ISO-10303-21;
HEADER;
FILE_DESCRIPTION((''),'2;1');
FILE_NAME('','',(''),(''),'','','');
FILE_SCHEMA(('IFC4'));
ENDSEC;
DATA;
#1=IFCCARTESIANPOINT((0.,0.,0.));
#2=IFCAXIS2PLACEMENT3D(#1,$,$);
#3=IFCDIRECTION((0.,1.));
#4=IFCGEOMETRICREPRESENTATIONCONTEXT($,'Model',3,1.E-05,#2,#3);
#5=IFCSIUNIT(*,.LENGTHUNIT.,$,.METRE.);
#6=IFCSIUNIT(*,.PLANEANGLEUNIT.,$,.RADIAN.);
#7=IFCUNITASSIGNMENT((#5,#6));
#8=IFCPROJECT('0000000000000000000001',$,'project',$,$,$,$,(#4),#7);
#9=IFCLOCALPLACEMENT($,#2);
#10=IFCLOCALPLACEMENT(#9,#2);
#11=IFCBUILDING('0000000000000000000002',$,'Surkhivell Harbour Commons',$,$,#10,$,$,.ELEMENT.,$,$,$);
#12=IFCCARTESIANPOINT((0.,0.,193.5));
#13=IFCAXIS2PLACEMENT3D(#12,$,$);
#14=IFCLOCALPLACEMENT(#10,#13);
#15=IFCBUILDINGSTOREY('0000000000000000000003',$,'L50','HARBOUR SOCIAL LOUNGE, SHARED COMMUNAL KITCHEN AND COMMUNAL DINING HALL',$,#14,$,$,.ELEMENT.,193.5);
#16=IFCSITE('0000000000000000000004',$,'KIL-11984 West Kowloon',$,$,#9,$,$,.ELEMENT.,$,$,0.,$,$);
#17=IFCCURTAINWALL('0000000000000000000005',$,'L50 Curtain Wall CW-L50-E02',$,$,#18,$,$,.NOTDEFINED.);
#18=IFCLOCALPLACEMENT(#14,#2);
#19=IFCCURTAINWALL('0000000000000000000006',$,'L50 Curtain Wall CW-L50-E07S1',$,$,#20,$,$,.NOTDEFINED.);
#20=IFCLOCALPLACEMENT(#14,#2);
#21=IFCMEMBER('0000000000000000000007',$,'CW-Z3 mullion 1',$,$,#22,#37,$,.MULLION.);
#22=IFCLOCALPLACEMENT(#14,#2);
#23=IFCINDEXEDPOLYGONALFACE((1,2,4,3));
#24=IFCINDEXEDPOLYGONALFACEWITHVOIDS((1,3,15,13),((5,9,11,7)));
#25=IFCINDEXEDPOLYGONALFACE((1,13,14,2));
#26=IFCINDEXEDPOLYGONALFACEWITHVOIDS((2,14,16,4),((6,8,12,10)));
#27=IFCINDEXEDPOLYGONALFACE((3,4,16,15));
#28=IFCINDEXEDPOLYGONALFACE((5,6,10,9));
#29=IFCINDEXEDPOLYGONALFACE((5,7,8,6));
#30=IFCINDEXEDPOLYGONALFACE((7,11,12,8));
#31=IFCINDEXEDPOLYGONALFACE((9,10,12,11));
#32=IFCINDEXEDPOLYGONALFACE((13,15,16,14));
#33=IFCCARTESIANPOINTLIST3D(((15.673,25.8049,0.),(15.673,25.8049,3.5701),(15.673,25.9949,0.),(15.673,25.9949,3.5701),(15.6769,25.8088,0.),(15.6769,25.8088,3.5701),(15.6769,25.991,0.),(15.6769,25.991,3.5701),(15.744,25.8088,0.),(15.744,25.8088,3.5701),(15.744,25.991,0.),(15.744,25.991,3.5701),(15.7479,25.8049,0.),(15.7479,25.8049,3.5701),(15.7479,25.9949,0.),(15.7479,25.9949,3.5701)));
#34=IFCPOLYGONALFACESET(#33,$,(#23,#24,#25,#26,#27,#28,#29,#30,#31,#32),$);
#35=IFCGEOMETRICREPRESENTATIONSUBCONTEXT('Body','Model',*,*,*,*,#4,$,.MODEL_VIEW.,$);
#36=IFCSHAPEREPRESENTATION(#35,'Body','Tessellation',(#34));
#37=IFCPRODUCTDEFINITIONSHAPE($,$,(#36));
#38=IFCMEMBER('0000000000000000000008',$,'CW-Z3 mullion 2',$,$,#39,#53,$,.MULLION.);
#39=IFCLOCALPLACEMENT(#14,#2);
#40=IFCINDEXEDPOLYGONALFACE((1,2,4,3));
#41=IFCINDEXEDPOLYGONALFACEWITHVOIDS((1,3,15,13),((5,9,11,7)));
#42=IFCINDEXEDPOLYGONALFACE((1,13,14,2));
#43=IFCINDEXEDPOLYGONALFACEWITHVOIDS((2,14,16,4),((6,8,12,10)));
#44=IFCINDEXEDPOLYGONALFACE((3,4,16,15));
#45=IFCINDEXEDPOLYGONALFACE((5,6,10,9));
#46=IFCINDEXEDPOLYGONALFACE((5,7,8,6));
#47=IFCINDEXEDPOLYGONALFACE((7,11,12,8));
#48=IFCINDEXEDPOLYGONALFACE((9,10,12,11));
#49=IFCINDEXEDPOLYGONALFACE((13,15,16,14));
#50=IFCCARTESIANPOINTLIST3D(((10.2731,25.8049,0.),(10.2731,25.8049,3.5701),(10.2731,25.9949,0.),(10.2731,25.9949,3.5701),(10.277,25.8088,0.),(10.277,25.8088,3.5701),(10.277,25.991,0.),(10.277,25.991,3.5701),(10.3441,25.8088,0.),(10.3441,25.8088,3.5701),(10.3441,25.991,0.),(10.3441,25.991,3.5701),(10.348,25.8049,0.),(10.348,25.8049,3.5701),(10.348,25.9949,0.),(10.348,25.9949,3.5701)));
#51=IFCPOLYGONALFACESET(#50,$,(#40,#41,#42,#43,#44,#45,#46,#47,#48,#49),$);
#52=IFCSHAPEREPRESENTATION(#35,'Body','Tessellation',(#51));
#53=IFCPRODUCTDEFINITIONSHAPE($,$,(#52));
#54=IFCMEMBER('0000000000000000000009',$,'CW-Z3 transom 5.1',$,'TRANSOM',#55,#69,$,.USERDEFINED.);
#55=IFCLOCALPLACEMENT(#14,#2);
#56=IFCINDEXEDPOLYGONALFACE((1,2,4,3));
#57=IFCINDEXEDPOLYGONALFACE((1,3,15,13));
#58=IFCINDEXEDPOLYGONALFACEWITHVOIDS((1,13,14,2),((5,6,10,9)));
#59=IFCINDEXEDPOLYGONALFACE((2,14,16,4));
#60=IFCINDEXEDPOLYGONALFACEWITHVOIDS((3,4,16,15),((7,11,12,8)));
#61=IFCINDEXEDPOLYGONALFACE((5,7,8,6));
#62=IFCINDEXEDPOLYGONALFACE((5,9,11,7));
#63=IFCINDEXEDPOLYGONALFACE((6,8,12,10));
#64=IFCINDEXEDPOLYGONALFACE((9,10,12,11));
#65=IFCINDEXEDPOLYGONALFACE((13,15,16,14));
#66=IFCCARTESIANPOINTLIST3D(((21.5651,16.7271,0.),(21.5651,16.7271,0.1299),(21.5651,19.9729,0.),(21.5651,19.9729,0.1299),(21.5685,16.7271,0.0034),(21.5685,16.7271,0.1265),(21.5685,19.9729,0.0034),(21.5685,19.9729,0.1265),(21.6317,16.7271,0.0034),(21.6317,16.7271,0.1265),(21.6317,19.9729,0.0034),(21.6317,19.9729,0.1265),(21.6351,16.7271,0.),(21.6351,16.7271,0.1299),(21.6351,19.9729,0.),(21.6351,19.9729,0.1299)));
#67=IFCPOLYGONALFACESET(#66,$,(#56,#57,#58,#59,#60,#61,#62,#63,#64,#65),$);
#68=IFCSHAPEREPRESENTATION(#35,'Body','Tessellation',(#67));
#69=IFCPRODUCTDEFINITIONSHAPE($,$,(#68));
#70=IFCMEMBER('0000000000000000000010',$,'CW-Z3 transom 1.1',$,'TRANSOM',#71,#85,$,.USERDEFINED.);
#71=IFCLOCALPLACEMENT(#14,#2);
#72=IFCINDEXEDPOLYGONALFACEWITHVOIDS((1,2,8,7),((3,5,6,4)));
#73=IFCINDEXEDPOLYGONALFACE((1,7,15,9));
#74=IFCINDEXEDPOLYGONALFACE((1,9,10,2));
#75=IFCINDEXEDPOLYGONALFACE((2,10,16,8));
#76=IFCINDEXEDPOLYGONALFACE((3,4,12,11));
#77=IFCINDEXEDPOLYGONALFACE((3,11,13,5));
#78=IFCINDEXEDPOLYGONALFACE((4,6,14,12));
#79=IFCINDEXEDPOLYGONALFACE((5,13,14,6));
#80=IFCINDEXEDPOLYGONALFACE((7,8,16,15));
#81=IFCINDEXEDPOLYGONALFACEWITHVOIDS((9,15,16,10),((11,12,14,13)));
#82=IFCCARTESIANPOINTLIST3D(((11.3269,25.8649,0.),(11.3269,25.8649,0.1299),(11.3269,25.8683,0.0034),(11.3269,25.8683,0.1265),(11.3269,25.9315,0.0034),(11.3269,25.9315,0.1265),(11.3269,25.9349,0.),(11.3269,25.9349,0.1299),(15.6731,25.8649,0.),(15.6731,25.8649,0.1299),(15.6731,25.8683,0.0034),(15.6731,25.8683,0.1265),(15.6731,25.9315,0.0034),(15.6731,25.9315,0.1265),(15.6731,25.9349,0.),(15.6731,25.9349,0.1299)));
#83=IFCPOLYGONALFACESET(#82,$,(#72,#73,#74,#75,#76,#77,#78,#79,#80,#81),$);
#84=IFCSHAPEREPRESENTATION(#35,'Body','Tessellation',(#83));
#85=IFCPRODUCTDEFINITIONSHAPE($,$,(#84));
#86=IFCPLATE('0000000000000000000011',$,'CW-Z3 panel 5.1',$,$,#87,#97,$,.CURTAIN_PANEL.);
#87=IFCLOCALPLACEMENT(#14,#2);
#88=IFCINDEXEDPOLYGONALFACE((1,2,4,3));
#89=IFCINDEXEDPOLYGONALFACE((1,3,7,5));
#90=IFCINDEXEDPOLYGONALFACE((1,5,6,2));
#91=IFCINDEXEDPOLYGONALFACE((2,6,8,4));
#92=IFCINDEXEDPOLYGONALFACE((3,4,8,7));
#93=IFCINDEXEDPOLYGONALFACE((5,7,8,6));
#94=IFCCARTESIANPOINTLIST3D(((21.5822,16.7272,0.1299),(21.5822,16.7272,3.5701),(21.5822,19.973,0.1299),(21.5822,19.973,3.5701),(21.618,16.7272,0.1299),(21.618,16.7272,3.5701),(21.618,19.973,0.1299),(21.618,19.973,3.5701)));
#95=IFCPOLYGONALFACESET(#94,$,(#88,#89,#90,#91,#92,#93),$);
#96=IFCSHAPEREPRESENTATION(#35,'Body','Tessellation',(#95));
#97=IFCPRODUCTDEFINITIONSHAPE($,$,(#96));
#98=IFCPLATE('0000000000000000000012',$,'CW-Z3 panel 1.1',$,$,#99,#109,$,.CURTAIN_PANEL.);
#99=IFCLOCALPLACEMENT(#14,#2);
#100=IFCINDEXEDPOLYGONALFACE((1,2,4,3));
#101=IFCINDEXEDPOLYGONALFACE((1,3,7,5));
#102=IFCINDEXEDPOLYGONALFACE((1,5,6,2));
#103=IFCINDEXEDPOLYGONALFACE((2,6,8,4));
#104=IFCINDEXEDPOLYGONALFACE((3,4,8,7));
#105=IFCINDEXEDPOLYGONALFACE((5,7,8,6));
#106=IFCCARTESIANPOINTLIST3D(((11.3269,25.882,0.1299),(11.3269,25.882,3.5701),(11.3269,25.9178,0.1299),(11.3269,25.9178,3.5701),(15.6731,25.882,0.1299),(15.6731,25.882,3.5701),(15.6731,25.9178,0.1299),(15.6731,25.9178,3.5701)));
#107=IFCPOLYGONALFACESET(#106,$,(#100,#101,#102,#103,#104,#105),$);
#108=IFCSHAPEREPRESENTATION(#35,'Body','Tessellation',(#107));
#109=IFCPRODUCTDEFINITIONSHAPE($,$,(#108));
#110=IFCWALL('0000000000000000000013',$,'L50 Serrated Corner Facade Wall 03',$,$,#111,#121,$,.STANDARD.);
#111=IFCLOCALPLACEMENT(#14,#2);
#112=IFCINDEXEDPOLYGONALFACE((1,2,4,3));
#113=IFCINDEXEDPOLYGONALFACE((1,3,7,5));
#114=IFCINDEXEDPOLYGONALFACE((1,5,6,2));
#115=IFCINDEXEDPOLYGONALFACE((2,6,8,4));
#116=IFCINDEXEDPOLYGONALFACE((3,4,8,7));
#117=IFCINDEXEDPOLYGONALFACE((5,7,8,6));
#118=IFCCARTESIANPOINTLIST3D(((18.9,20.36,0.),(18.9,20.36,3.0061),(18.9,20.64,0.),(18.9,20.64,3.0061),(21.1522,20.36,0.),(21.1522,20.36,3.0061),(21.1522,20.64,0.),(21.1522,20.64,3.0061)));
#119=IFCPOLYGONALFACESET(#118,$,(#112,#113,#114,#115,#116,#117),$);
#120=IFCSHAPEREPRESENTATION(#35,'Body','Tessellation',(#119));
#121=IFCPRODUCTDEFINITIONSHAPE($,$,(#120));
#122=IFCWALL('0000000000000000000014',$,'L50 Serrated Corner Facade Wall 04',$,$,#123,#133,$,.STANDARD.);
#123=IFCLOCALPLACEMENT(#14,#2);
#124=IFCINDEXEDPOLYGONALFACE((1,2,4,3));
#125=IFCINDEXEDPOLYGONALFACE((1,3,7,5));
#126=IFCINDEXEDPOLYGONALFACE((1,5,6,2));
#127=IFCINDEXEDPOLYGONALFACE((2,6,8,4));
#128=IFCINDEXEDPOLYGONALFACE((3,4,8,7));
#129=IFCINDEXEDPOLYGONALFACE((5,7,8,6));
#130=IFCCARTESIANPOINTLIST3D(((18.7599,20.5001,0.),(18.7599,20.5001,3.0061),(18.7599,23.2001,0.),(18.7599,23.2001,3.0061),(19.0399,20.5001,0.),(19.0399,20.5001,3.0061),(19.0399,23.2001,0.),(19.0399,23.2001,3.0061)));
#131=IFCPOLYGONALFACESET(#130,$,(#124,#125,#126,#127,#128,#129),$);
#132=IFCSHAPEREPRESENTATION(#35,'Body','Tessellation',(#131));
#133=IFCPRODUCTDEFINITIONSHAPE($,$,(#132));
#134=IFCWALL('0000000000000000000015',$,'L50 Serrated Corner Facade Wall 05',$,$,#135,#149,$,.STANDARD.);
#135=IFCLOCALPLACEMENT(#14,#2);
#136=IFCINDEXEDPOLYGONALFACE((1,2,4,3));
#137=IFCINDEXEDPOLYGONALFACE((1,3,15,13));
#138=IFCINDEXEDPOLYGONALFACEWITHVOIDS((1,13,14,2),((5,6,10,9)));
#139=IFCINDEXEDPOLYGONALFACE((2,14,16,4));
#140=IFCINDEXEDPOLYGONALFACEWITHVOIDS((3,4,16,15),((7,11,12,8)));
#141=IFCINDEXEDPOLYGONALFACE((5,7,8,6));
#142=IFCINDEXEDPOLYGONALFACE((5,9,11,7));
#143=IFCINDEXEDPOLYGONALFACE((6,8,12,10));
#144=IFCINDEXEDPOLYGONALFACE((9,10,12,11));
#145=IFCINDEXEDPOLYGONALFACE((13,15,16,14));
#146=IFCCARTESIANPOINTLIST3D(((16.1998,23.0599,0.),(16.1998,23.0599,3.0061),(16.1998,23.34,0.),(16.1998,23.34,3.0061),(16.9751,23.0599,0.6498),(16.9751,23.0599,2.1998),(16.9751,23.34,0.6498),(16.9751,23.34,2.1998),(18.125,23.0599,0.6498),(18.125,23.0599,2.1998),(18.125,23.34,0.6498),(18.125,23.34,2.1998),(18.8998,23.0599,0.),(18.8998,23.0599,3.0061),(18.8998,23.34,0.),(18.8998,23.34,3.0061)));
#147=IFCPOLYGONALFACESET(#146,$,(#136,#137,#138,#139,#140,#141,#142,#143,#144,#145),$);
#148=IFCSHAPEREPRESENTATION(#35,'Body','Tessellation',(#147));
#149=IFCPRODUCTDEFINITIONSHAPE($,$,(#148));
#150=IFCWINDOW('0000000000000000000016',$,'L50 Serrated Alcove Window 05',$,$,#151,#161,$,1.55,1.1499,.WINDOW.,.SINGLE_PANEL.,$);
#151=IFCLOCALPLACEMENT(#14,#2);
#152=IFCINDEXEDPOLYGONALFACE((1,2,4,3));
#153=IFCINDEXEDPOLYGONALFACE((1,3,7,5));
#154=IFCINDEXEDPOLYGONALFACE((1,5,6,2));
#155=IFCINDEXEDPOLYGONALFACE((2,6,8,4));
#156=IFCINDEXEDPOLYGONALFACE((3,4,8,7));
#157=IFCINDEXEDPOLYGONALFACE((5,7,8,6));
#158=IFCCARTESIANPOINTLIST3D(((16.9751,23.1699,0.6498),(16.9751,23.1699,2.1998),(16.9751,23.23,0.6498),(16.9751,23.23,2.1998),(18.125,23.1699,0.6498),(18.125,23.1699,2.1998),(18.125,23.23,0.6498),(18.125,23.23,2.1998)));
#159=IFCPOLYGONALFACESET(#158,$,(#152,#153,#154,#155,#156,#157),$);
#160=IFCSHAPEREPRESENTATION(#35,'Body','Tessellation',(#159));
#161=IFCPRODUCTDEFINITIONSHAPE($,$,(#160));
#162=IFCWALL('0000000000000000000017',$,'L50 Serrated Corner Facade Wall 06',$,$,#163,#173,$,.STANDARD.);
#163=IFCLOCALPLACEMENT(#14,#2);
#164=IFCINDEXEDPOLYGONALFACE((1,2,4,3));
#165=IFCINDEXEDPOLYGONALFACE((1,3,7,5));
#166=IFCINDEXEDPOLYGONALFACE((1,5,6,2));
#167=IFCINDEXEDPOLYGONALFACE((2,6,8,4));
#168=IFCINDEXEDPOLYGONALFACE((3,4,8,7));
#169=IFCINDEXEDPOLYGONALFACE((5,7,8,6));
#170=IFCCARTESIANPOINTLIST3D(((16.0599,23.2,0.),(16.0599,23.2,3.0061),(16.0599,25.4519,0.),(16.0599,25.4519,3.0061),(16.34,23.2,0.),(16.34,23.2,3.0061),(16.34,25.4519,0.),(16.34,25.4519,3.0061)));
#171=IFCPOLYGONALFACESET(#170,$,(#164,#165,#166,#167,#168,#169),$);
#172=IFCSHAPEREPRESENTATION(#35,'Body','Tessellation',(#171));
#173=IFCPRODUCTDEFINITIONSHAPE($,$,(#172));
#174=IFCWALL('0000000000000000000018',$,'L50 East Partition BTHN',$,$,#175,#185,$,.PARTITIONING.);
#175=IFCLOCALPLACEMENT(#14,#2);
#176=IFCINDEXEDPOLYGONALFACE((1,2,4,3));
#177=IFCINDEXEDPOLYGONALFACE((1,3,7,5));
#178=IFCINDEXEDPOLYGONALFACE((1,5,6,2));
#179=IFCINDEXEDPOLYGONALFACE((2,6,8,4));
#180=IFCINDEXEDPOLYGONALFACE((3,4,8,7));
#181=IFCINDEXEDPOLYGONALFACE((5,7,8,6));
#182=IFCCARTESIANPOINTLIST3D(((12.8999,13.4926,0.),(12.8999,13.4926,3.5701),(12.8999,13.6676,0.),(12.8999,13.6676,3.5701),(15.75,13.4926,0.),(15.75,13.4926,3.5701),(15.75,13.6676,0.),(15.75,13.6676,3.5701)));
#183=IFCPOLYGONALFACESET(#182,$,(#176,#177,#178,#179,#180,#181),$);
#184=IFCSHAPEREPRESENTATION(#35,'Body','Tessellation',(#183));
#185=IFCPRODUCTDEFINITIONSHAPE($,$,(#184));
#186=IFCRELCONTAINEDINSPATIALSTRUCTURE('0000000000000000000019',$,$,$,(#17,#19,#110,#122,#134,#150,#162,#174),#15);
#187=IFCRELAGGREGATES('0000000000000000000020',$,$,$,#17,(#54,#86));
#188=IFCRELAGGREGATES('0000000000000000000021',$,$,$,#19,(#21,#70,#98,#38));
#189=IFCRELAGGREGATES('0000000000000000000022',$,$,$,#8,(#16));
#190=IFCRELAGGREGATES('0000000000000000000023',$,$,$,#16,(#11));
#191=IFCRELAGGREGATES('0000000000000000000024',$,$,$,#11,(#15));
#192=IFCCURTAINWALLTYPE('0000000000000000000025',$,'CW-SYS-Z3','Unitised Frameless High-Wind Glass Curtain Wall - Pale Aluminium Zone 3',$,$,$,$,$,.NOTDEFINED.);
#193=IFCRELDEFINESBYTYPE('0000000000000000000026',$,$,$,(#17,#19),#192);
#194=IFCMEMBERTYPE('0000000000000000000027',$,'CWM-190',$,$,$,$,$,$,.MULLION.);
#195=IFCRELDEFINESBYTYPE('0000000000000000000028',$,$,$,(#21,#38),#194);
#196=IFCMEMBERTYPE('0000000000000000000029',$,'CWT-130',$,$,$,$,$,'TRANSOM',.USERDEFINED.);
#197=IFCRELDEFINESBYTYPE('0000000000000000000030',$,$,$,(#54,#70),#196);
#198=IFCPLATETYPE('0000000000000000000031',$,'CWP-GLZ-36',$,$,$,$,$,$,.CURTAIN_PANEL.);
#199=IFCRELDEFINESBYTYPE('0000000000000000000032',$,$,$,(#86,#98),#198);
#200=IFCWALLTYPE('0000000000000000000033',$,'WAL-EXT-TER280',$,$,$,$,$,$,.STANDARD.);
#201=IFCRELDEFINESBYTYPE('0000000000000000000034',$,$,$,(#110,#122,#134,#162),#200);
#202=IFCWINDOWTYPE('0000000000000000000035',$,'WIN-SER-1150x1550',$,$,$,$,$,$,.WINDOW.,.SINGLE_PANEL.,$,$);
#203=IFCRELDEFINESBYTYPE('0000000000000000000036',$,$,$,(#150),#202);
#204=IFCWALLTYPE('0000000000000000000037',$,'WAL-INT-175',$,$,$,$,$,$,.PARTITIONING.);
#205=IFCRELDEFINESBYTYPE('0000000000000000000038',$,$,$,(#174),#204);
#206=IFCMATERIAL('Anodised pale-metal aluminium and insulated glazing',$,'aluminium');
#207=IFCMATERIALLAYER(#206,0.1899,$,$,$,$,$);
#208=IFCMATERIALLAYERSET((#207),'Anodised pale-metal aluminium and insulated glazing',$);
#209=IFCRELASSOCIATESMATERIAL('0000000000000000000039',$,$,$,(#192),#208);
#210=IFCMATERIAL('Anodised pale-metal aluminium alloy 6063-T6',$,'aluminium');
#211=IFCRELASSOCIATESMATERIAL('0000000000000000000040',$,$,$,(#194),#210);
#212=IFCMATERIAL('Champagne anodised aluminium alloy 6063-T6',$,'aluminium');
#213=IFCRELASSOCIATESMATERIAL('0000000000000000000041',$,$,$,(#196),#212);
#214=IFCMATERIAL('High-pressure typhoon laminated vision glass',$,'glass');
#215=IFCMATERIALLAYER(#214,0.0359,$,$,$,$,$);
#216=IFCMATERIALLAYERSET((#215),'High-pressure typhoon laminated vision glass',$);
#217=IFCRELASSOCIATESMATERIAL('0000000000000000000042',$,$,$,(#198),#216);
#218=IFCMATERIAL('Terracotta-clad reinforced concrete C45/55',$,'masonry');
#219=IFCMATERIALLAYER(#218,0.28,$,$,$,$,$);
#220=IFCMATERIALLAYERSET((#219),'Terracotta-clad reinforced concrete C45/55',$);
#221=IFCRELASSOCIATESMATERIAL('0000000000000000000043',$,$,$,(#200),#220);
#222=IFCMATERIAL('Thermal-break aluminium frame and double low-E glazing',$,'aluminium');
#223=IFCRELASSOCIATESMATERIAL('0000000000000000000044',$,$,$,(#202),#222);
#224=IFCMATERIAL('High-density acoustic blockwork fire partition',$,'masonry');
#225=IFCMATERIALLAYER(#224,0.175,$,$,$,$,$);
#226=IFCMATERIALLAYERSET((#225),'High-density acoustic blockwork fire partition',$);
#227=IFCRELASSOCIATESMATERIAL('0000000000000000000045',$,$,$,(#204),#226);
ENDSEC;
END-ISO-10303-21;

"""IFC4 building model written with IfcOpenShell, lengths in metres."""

from ifc_helpers import new_model, si_unit, direction, frame, frame_2d, origin, origin_2d, place, context, subcontext, project, spatial, rectangle, hollow_rectangle, extrude, material, layer, layer_set, material_profile, profile_set, type_object, element, fill, aggregate, save


model = new_model("IFC4")

# Units and contexts
model_context = context("Model", 3, precision=1e-05, world=origin(), true_north=direction((0.0, 1.0)))
body_context = subcontext(model_context, "Body", "Model", "MODEL_VIEW")
ifc_project = project(units=[si_unit("LENGTHUNIT", "METRE"), si_unit("PLANEANGLEUNIT", "RADIAN")], contexts=[model_context])

# Site, building, storey
site_placement = place(None, origin())
site = spatial("IfcSite", under=ifc_project, at=site_placement, Name="KIL-11984 West Kowloon", CompositionType="ELEMENT", RefElevation=0.0)
building_placement = place(site_placement, origin())
building = spatial("IfcBuilding", under=site, at=building_placement, Name="Surkhivell Harbour Commons", CompositionType="ELEMENT")
storey_placement = place(building_placement, frame((0.0, 0.0, 193.5)))
storey = spatial("IfcBuildingStorey", under=building, at=storey_placement, Name="L50", Description="HARBOUR SOCIAL LOUNGE, SHARED COMMUNAL KITCHEN AND COMMUNAL DINING HALL", CompositionType="ELEMENT", Elevation=193.5)

# Curtain walls, members
ifc_material_1 = material(Name="Anodised pale-metal aluminium and insulated glazing", Category="aluminium")
ifc_layer_1 = layer(ifc_material_1, 0.1899)
ifc_layer_set_1 = layer_set([ifc_layer_1], Name="Anodised pale-metal aluminium and insulated glazing")
curtain_wall_type = type_object("IfcCurtainWallType", Name="CW-SYS-Z3", Description="Unitised Frameless High-Wind Glass Curtain Wall - Pale Aluminium Zone 3", PredefinedType="NOTDEFINED", material=ifc_layer_set_1)
curtain_wall_1_placement = place(storey_placement, origin())
curtain_wall_1 = element("IfcCurtainWall", 1, at=curtain_wall_1_placement, inside=storey, type_object=curtain_wall_type, Name="L50 Curtain Wall CW-L50-E02", PredefinedType="NOTDEFINED")
ifc_material_2 = material(Name="Anodised pale-metal aluminium alloy 6063-T6", Category="aluminium")
ifc_material_profile_1 = material_profile(ifc_material_2, hollow_rectangle(XDim=0.075, YDim=0.1899, WallThickness=0.0039, at=origin_2d()), Name="ALU-MULL-75x190")
ifc_profile_set_1 = profile_set([ifc_material_profile_1], Name="Anodised pale-metal aluminium alloy 6063-T6")
member_type_1 = type_object("IfcMemberType", Name="CWM-190", PredefinedType="MULLION", material=ifc_profile_set_1)
curtain_wall_2_placement = place(storey_placement, origin())
curtain_wall_2 = element("IfcCurtainWall", 2, at=curtain_wall_2_placement, inside=storey, type_object=curtain_wall_type, Name="L50 Curtain Wall CW-L50-E07S1", PredefinedType="NOTDEFINED")
member_1_placement = place(storey_placement, frame((15.7104, 25.8999, 0.0), z_axis=(0.0, 0.0, 1.0), x_axis=(-1.0, 0.0, 0.0)))
member_1 = element("IfcMember", 3, at=member_1_placement, type_object=member_type_1, Name="CW-Z3 mullion 1", PredefinedType="MULLION", context=body_context, shape_type="SweptSolid", body=[
    extrude(hollow_rectangle(XDim=0.075, YDim=0.1899, WallThickness=0.0039, at=origin_2d()), origin(), (0.0, 0.0, 1.0), 3.5701),
])
member_2_placement = place(storey_placement, frame((10.3105, 25.8999, 0.0), z_axis=(0.0, 0.0, 1.0), x_axis=(-1.0, 0.0, 0.0)))
member_2 = element("IfcMember", 4, at=member_2_placement, type_object=member_type_1, Name="CW-Z3 mullion 2", PredefinedType="MULLION", context=body_context, shape_type="SweptSolid", body=[
    extrude(hollow_rectangle(XDim=0.075, YDim=0.1899, WallThickness=0.0039, at=origin_2d()), origin(), (0.0, 0.0, 1.0), 3.5701),
])

# Members
ifc_material_3 = material(Name="Champagne anodised aluminium alloy 6063-T6", Category="aluminium")
ifc_material_profile_2 = material_profile(ifc_material_3, hollow_rectangle(XDim=0.0701, YDim=0.1299, WallThickness=0.0034, at=origin_2d()), Name="ALU-TRAN-70x130")
ifc_profile_set_2 = profile_set([ifc_material_profile_2], Name="Champagne anodised aluminium alloy 6063-T6")
member_type_2 = type_object("IfcMemberType", Name="CWT-130", ElementType="TRANSOM", PredefinedType="USERDEFINED", material=ifc_profile_set_2)
member_3_placement = place(storey_placement, frame((21.6001, 16.7271, 0.0649), z_axis=(0.0, 1.0, 0.0), x_axis=(-1.0, 0.0, 0.0)))
member_3 = element("IfcMember", 5, at=member_3_placement, type_object=member_type_2, Name="CW-Z3 transom 5.1", ObjectType="TRANSOM", PredefinedType="USERDEFINED", context=body_context, shape_type="SweptSolid", body=[
    extrude(hollow_rectangle(XDim=0.0701, YDim=0.1299, WallThickness=0.0034, at=origin_2d()), origin(), (0.0, 0.0, 1.0), 3.2458),
])
member_4_placement = place(storey_placement, frame((15.6731, 25.8999, 0.0649), z_axis=(-1.0, 0.0, 0.0), x_axis=(0.0, -1.0, 0.0)))
member_4 = element("IfcMember", 6, at=member_4_placement, type_object=member_type_2, Name="CW-Z3 transom 1.1", ObjectType="TRANSOM", PredefinedType="USERDEFINED", context=body_context, shape_type="SweptSolid", body=[
    extrude(hollow_rectangle(XDim=0.0701, YDim=0.1299, WallThickness=0.0034, at=origin_2d()), origin(), (0.0, 0.0, 1.0), 4.3462),
])

# Plates
ifc_material_4 = material(Name="High-pressure typhoon laminated vision glass", Category="glass")
ifc_layer_2 = layer(ifc_material_4, 0.0359)
ifc_layer_set_2 = layer_set([ifc_layer_2], Name="High-pressure typhoon laminated vision glass")
plate_type = type_object("IfcPlateType", Name="CWP-GLZ-36", PredefinedType="CURTAIN_PANEL", material=ifc_layer_set_2)
plate_1_placement = place(storey_placement, frame((21.6001, 16.7271, 0.1299), z_axis=(0.0, 0.0, 1.0), x_axis=(0.0, 1.0, 0.0)))
plate_1 = element("IfcPlate", 7, at=plate_1_placement, type_object=plate_type, Name="CW-Z3 panel 5.1", PredefinedType="CURTAIN_PANEL", context=body_context, shape_type="SweptSolid", body=[
    extrude(rectangle(XDim=3.2458, YDim=0.0359, at=frame_2d((1.623, 0.0))), origin(), (0.0, 0.0, 1.0), 3.4402),
])
aggregate(curtain_wall_1, [member_3, plate_1])
plate_2_placement = place(storey_placement, frame((15.6731, 25.8999, 0.1299), z_axis=(0.0, 0.0, 1.0), x_axis=(-1.0, 0.0, 0.0)))
plate_2 = element("IfcPlate", 8, at=plate_2_placement, type_object=plate_type, Name="CW-Z3 panel 1.1", PredefinedType="CURTAIN_PANEL", context=body_context, shape_type="SweptSolid", body=[
    extrude(rectangle(XDim=4.3462, YDim=0.0359, at=frame_2d((2.1731, 0.0))), origin(), (0.0, 0.0, 1.0), 3.4402),
])
aggregate(curtain_wall_2, [member_1, member_4, plate_2, member_2])

# Walls
ifc_material_5 = material(Name="Terracotta-clad reinforced concrete C45/55", Category="masonry")
ifc_layer_3 = layer(ifc_material_5, 0.28)
ifc_layer_set_3 = layer_set([ifc_layer_3], Name="Terracotta-clad reinforced concrete C45/55")
wall_type_1 = type_object("IfcWallType", Name="WAL-EXT-TER280", PredefinedType="STANDARD", material=ifc_layer_set_3)
wall_1_placement = place(storey_placement, frame((21.1521, 20.5, 0.0), z_axis=(0.0, 0.0, 1.0), x_axis=(-1.0, 0.0, 0.0)))
element("IfcWall", 9, at=wall_1_placement, inside=storey, type_object=wall_type_1, Name="L50 Serrated Corner Facade Wall 03", PredefinedType="STANDARD", context=body_context, shape_type="SweptSolid", body=[
    extrude(rectangle(XDim=2.2522, YDim=0.28, at=frame_2d((1.126, 0.0))), origin(), (0.0, 0.0, 1.0), 3.0061),
])
wall_2_placement = place(storey_placement, frame((18.8999, 20.5, 0.0), z_axis=(0.0, 0.0, 1.0), x_axis=(0.0, 1.0, 0.0)))
element("IfcWall", 10, at=wall_2_placement, inside=storey, type_object=wall_type_1, Name="L50 Serrated Corner Facade Wall 04", PredefinedType="STANDARD", context=body_context, shape_type="SweptSolid", body=[
    extrude(rectangle(XDim=2.7, YDim=0.28, at=frame_2d((1.3501, 0.0))), origin(), (0.0, 0.0, 1.0), 3.0061),
])

# Wall, opening, window
wall_3_placement = place(storey_placement, frame((18.8999, 23.2, 0.0), z_axis=(0.0, 0.0, 1.0), x_axis=(-1.0, 0.0, 0.0)))
wall_3 = element("IfcWall", 11, at=wall_3_placement, inside=storey, type_object=wall_type_1, Name="L50 Serrated Corner Facade Wall 05", PredefinedType="STANDARD", context=body_context, shape_type="SweptSolid", body=[
    extrude(rectangle(XDim=2.7, YDim=0.28, at=frame_2d((1.3501, 0.0))), origin(), (0.0, 0.0, 1.0), 3.0061),
])
opening_placement = place(wall_3_placement, frame((0.7749, 0.0, 0.6499)))
opening = element("IfcOpeningElement", 12, at=opening_placement, cuts=wall_3, PredefinedType="OPENING", context=body_context, shape_type="SweptSolid", body=[
    extrude(rectangle(XDim=1.1499, YDim=1.55, at=frame_2d((0.575, 0.7749))), frame((0.0, 0.1499, 0.0), z_axis=(0.0, -1.0, 0.0), x_axis=(1.0, 0.0, 0.0)), (0.0, 0.0, 1.0), 0.3),
])
ifc_material_6 = material(Name="Thermal-break aluminium frame and double low-E glazing", Category="aluminium")
window_type = type_object("IfcWindowType", Name="WIN-SER-1150x1550", PartitioningType="SINGLE_PANEL", PredefinedType="WINDOW", material=ifc_material_6)
window_placement = place(opening_placement, origin())
window = element("IfcWindow", 13, at=window_placement, inside=storey, type_object=window_type, Name="L50 Serrated Alcove Window 05", OverallHeight=1.55, OverallWidth=1.1499, PartitioningType="SINGLE_PANEL", PredefinedType="WINDOW", context=body_context, shape_type="SweptSolid", body=[
    extrude(rectangle(XDim=1.1499, YDim=1.55, at=frame_2d((0.575, 0.7749))), frame((0.0, 0.03, 0.0), z_axis=(0.0, -1.0, 0.0), x_axis=(1.0, 0.0, 0.0)), (0.0, 0.0, 1.0), 0.0601),
])
fill(opening, window)

# Walls
wall_4_placement = place(storey_placement, frame((16.2, 23.2, 0.0), z_axis=(0.0, 0.0, 1.0), x_axis=(0.0, 1.0, 0.0)))
element("IfcWall", 14, at=wall_4_placement, inside=storey, type_object=wall_type_1, Name="L50 Serrated Corner Facade Wall 06", PredefinedType="STANDARD", context=body_context, shape_type="SweptSolid", body=[
    extrude(rectangle(XDim=2.252, YDim=0.28, at=frame_2d((1.126, 0.0))), origin(), (0.0, 0.0, 1.0), 3.0061),
])
ifc_material_7 = material(Name="High-density acoustic blockwork fire partition", Category="masonry")
ifc_layer_4 = layer(ifc_material_7, 0.175)
ifc_layer_set_4 = layer_set([ifc_layer_4], Name="High-density acoustic blockwork fire partition")
wall_type_2 = type_object("IfcWallType", Name="WAL-INT-175", PredefinedType="PARTITIONING", material=ifc_layer_set_4)
wall_5_placement = place(storey_placement, frame((12.8999, 13.5801, 0.0), z_axis=(0.0, 0.0, 1.0), x_axis=(1.0, 0.0, 0.0)))
element("IfcWall", 15, at=wall_5_placement, inside=storey, type_object=wall_type_2, Name="L50 East Partition BTHN", PredefinedType="PARTITIONING", context=body_context, shape_type="SweptSolid", body=[
    extrude(rectangle(XDim=2.8501, YDim=0.175, at=frame_2d((1.425, 0.0))), origin(), (0.0, 0.0, 1.0), 3.5701),
])

save(model, "model.ifc")
